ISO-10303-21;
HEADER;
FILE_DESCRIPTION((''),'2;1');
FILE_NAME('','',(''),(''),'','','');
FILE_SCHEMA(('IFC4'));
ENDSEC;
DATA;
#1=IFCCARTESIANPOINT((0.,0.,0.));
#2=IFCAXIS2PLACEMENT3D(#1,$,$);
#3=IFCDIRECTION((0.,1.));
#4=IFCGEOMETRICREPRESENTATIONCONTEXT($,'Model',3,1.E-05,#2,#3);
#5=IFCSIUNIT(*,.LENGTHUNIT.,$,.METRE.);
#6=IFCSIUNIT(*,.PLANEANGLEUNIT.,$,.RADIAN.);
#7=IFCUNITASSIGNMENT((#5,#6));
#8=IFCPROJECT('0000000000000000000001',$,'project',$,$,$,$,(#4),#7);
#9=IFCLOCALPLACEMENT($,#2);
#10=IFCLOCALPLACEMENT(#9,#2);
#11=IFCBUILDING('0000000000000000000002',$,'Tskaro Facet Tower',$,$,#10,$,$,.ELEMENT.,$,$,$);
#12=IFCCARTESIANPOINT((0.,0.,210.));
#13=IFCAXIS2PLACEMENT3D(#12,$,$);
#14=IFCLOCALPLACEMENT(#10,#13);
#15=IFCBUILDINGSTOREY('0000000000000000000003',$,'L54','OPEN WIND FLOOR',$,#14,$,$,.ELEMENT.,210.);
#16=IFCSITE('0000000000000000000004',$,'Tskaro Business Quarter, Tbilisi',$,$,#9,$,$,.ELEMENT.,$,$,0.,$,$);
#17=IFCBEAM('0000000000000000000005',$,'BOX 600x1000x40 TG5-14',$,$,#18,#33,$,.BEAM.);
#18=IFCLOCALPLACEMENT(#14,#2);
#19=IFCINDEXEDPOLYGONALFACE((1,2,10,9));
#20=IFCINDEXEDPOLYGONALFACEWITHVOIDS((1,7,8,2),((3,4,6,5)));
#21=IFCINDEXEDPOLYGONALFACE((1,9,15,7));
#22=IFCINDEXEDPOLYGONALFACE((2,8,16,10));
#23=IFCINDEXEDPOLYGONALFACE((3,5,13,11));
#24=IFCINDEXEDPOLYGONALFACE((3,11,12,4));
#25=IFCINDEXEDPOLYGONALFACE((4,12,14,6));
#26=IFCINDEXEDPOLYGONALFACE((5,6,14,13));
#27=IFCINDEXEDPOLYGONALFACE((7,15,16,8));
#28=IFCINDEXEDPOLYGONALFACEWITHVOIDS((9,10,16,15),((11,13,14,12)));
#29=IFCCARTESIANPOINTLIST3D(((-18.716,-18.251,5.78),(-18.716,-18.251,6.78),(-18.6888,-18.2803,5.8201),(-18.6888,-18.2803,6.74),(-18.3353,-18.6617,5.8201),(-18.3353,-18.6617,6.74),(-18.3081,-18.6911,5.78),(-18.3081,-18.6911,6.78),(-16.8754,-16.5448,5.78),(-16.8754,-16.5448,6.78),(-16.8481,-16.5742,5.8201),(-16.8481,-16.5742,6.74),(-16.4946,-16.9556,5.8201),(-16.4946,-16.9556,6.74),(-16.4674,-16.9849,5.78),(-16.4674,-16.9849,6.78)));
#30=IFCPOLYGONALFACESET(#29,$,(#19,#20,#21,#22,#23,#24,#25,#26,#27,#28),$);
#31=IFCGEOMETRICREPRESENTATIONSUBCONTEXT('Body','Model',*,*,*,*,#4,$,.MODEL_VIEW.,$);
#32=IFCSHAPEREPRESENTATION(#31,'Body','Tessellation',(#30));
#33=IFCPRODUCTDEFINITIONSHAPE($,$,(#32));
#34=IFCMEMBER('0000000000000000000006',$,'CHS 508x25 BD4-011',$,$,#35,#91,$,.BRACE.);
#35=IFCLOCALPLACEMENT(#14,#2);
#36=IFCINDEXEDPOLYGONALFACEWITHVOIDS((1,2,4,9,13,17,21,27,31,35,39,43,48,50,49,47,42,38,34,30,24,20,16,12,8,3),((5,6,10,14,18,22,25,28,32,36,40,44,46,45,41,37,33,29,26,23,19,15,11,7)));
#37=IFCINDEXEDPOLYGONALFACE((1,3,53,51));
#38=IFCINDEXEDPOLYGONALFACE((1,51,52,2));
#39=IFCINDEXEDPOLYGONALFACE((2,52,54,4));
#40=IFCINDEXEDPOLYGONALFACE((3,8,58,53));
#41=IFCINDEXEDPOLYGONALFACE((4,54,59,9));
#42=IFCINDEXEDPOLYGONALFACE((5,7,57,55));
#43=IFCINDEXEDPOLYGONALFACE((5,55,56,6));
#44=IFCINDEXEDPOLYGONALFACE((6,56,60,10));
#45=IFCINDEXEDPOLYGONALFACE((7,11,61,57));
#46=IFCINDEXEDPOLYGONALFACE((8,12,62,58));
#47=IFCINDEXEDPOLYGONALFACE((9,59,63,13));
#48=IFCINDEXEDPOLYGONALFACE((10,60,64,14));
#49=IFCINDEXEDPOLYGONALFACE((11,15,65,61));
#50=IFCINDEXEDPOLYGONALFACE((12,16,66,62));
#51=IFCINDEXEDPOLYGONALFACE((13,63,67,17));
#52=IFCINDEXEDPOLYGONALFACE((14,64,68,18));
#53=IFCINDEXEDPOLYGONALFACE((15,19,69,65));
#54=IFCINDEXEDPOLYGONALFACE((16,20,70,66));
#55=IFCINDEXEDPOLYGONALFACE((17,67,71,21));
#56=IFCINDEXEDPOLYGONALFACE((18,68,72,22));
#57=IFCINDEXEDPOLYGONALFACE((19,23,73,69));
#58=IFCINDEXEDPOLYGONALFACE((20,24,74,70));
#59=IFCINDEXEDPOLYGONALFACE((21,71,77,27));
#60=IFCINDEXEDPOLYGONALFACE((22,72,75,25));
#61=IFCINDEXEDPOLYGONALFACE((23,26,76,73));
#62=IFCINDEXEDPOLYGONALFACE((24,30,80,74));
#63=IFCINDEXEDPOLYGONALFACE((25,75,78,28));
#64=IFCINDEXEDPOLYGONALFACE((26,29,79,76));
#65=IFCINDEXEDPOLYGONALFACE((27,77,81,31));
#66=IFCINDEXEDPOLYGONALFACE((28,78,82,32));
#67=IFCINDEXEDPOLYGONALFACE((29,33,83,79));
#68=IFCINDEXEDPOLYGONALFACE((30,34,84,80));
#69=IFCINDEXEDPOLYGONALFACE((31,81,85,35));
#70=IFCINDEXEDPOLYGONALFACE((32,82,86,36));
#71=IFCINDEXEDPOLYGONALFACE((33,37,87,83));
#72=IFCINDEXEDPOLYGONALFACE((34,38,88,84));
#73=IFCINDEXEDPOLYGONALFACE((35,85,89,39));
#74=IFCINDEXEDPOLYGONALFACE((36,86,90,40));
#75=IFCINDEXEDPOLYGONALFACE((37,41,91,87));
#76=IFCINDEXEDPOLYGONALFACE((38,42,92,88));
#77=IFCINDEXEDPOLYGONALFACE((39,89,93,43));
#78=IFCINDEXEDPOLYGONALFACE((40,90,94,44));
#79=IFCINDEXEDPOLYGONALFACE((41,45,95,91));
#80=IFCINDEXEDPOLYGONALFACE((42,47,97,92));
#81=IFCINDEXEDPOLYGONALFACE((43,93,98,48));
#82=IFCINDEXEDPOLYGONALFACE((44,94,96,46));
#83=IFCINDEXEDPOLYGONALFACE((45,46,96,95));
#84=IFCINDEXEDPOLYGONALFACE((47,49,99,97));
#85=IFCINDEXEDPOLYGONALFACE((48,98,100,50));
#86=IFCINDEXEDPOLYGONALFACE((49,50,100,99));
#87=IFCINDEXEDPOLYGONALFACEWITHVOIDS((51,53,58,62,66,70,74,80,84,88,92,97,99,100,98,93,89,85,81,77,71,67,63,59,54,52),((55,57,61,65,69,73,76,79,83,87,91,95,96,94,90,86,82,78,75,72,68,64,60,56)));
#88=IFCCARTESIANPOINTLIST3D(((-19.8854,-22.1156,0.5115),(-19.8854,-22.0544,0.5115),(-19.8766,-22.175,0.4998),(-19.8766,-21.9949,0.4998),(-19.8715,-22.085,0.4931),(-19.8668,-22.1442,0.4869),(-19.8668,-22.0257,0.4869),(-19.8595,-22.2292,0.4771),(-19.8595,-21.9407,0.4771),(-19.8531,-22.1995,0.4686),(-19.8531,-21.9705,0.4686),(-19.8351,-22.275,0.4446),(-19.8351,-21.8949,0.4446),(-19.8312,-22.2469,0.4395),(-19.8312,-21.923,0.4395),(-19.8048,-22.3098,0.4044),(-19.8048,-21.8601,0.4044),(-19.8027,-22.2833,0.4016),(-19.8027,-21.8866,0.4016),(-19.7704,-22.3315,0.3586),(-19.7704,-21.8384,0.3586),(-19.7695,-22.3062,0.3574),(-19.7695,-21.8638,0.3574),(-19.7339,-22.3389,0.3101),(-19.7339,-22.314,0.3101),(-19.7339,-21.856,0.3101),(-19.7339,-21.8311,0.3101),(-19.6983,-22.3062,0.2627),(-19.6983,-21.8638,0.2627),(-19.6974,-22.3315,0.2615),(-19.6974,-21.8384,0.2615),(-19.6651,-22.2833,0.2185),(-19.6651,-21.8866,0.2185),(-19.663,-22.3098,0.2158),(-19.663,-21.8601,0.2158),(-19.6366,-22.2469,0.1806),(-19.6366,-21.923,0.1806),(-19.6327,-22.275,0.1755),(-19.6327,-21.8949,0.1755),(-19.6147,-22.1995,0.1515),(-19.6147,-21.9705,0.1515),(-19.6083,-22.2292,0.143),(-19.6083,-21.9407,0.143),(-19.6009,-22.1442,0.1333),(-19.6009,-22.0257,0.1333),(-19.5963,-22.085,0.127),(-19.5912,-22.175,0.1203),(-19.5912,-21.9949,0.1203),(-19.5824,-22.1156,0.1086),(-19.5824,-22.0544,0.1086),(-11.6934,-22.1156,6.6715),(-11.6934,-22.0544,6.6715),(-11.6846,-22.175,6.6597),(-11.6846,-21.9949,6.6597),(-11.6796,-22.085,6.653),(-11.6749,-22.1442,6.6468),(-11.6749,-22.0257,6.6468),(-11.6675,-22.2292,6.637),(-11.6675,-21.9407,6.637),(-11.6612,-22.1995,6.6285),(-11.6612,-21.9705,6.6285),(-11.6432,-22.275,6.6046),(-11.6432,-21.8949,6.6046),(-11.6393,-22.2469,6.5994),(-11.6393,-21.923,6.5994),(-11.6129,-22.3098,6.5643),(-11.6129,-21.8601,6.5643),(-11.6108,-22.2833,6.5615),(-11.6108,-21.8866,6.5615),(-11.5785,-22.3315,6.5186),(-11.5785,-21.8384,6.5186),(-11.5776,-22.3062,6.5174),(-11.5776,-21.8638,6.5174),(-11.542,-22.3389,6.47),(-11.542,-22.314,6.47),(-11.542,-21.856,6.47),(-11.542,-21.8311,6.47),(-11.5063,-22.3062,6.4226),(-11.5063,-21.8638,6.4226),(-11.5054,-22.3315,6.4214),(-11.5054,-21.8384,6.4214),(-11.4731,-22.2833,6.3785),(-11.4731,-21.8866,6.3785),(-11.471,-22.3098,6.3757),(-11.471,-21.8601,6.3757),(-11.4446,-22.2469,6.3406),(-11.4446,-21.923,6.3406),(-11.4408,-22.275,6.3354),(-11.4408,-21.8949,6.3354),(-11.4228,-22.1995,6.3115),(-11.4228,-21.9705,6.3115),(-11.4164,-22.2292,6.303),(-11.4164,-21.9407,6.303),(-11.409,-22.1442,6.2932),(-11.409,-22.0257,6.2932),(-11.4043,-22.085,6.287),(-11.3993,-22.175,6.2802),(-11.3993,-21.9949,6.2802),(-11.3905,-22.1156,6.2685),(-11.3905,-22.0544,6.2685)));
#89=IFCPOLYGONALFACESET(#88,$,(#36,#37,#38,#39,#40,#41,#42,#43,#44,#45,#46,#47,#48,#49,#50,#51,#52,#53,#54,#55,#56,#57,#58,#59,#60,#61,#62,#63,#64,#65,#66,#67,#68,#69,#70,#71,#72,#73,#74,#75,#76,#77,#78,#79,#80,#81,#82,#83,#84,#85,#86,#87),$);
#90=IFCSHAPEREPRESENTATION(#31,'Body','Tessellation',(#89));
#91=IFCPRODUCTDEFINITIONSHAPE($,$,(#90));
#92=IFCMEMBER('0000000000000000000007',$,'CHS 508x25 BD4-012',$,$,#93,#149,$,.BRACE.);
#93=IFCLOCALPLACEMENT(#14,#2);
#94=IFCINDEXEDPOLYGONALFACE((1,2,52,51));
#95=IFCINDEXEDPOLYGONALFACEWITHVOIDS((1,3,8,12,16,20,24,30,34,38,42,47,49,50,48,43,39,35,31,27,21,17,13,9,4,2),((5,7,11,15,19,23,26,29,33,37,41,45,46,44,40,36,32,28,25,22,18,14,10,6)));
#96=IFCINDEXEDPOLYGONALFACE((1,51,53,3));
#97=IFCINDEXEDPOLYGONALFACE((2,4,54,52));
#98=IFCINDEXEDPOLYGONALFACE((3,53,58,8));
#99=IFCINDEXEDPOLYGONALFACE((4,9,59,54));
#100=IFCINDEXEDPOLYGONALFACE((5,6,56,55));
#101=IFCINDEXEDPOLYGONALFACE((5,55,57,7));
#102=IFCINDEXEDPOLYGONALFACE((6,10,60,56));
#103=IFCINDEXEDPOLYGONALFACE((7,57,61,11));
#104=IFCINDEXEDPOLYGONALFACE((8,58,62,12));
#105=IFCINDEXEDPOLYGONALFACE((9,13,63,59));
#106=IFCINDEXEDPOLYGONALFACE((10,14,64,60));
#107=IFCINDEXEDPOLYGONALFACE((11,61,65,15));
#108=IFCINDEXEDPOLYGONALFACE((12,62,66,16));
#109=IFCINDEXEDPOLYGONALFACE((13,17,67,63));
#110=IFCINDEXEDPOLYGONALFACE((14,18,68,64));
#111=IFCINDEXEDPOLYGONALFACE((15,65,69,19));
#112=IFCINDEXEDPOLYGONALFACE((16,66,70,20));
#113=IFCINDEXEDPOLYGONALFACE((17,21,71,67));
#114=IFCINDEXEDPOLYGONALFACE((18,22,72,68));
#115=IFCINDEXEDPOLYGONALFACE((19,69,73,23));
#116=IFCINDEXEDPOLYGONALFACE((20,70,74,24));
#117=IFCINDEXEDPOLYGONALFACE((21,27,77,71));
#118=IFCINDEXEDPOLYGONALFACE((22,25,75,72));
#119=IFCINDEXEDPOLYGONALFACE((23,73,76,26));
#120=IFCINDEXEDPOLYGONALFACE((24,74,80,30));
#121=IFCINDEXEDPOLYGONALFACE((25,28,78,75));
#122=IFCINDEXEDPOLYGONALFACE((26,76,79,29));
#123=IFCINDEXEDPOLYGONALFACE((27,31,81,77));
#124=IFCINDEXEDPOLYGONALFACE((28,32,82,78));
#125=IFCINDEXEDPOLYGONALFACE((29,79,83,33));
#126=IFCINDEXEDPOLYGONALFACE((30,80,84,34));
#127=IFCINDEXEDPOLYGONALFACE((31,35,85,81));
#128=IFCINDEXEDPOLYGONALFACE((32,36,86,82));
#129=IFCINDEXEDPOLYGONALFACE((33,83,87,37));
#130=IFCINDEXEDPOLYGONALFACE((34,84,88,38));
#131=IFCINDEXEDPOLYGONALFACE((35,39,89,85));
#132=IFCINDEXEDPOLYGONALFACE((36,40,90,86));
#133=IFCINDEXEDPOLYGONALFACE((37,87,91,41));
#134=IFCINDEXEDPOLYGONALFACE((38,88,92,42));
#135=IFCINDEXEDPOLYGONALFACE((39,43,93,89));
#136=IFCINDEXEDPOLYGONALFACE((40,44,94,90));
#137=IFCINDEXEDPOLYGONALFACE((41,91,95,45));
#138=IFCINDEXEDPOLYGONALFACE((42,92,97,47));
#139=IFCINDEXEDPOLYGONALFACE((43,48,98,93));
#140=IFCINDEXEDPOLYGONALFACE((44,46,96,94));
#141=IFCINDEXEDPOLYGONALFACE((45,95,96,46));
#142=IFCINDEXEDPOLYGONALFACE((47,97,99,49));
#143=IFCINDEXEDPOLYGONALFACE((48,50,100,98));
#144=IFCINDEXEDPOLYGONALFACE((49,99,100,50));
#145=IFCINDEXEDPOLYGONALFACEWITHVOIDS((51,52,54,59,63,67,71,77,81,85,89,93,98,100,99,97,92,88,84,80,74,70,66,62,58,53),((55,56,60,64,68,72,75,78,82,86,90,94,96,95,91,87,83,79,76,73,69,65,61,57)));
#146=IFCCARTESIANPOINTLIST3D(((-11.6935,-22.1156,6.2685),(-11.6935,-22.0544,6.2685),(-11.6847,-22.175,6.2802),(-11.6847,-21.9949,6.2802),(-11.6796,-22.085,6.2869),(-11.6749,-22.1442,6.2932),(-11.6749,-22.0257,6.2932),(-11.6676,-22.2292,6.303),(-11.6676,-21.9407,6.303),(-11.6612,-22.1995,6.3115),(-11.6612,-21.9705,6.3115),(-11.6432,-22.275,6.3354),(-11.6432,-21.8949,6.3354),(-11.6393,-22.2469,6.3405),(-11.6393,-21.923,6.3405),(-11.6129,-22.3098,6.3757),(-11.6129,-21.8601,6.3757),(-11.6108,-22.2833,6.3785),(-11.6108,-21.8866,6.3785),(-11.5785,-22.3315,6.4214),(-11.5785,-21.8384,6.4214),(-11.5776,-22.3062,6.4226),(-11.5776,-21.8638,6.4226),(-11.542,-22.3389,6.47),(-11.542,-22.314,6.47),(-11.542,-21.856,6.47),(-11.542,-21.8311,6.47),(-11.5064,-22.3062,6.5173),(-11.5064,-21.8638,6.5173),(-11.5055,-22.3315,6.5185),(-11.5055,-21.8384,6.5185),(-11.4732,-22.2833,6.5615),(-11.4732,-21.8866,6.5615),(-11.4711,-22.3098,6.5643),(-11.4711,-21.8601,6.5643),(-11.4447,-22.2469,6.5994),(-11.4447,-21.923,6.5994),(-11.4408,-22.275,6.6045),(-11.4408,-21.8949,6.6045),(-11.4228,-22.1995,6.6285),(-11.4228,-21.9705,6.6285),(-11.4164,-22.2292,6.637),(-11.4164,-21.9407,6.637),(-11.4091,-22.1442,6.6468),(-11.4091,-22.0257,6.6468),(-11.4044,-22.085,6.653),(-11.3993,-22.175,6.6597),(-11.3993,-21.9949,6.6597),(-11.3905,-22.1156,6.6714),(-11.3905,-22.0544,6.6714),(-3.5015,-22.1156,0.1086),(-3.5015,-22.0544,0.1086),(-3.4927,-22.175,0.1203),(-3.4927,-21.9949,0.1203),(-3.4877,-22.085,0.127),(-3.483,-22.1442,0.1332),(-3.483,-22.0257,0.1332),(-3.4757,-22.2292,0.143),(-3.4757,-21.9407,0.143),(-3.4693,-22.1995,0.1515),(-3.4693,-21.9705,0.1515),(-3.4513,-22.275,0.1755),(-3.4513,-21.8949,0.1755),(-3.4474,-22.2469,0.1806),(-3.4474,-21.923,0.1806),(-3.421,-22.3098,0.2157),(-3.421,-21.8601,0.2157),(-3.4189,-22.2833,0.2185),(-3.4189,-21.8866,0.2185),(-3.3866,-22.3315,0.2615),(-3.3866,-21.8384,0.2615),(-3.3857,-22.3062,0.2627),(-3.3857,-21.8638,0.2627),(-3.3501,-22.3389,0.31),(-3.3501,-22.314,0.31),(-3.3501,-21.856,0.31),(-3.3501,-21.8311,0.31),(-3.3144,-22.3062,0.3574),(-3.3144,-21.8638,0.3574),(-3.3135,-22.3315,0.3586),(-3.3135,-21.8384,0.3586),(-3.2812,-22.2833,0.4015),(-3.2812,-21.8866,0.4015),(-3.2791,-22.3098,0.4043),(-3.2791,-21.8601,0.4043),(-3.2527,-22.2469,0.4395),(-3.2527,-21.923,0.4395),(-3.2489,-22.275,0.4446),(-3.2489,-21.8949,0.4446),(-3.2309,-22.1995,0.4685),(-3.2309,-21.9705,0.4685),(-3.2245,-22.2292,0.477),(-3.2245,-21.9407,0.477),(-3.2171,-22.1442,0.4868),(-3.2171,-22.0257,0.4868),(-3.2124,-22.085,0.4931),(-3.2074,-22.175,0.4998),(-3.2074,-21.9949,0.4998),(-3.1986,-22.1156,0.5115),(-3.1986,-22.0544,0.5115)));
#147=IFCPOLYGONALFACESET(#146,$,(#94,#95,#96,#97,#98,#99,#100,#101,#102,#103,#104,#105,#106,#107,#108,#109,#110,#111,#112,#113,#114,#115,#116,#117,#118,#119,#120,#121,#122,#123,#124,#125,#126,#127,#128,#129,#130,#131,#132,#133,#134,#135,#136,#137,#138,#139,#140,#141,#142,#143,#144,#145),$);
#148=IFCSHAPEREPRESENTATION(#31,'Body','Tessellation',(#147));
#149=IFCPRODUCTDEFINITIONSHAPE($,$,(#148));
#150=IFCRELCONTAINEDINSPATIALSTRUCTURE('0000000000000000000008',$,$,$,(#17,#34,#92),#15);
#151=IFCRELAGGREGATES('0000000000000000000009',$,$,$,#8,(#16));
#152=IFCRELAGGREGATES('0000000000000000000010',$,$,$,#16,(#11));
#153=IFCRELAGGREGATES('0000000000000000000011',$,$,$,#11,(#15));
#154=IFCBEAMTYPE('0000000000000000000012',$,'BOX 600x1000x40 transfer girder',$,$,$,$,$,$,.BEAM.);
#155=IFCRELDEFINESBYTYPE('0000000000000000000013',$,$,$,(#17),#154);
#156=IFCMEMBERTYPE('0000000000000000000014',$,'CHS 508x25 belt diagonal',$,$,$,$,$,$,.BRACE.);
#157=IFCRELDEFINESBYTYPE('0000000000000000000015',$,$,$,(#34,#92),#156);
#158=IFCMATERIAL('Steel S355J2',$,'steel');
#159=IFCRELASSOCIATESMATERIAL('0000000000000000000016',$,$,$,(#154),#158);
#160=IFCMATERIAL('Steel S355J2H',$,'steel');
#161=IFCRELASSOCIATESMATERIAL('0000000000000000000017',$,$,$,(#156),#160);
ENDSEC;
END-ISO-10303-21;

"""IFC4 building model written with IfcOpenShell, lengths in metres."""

from ifc_helpers import new_model, si_unit, direction, frame, origin, origin_2d, place, context, subcontext, project, spatial, hollow_rectangle, hollow_circle, extrude, material, material_profile, profile_set, type_object, element, save


model = new_model("IFC4")

# Units and contexts
model_context = context("Model", 3, precision=1e-05, world=origin(), true_north=direction((0.0, 1.0)))
body_context = subcontext(model_context, "Body", "Model", "MODEL_VIEW")
ifc_project = project(units=[si_unit("LENGTHUNIT", "METRE"), si_unit("PLANEANGLEUNIT", "RADIAN")], contexts=[model_context])

# Site, building, storey
site_placement = place(None, origin())
site = spatial("IfcSite", under=ifc_project, at=site_placement, Name="Tskaro Business Quarter, Tbilisi", CompositionType="ELEMENT", RefElevation=0.0)
building_placement = place(site_placement, origin())
building = spatial("IfcBuilding", under=site, at=building_placement, Name="Tskaro Facet Tower", CompositionType="ELEMENT")
storey_placement = place(building_placement, frame((0.0, 0.0, 210.0)))
storey = spatial("IfcBuildingStorey", under=building, at=storey_placement, Name="L54", Description="OPEN WIND FLOOR", CompositionType="ELEMENT", Elevation=210.0)

# Shared definitions
ifc_material_1 = material(Name="Steel S355J2H", Category="steel")

# Beam
ifc_material_2 = material(Name="Steel S355J2", Category="steel")
ifc_material_profile_1 = material_profile(ifc_material_2, hollow_rectangle(XDim=0.6001, YDim=1.0, WallThickness=0.04, at=origin_2d()), Name="BOX 600x1000x40")
ifc_profile_set_1 = profile_set([ifc_material_profile_1], Name="Steel S355J2")
beam_type_1 = type_object("IfcBeamType", Name="BOX 600x1000x40 transfer girder", PredefinedType="BEAM", material=ifc_profile_set_1)
beam_1_placement = place(storey_placement, frame((-16.6714, -16.7649, 6.28), z_axis=(-0.7334, -0.679798, 0.0), x_axis=(0.679798, -0.7334, 0.0)))
element("IfcBeam", 1, at=beam_1_placement, inside=storey, type_object=beam_type_1, Name="BOX 600x1000x40 TG5-14", PredefinedType="BEAM", context=body_context, shape_type="SweptSolid", body=[
    extrude(hollow_rectangle(XDim=0.6001, YDim=1.0, WallThickness=0.04, at=origin_2d()), origin(), (0.0, 0.0, 1.0), 2.5098),
])

# Members
ifc_material_profile_2 = material_profile(ifc_material_1, hollow_circle(Radius=0.2539, WallThickness=0.0249, at=origin_2d()), Name="CHS 508x25")
ifc_profile_set_2 = profile_set([ifc_material_profile_2], Name="Steel S355J2H")
member_type_1 = type_object("IfcMemberType", Name="CHS 508x25 belt diagonal", PredefinedType="BRACE", material=ifc_profile_set_2)
for number, where, z_axis, x_axis, name in (
    (2, (-19.7339, -22.085, 0.3101), (0.79925, 0.0, 0.600998), (0.0, 1.0, 0.0), "CHS 508x25 BD4-011"),
    (3, (-11.542, -22.085, 6.47), (0.79925, 0.0, -0.600998), (0.0, 1.0, 0.0), "CHS 508x25 BD4-012"),
):
    element("IfcMember", number, at=place(storey_placement, frame(where, z_axis=z_axis, x_axis=x_axis)), inside=storey, type_object=member_type_1, Name=name, PredefinedType="BRACE", context=body_context, shape_type="SweptSolid", body=[
        extrude(hollow_circle(Radius=0.2539, WallThickness=0.0249, at=origin_2d()), origin(), (0.0, 0.0, 1.0), 10.2495),
    ])

save(model, "model.ifc")
